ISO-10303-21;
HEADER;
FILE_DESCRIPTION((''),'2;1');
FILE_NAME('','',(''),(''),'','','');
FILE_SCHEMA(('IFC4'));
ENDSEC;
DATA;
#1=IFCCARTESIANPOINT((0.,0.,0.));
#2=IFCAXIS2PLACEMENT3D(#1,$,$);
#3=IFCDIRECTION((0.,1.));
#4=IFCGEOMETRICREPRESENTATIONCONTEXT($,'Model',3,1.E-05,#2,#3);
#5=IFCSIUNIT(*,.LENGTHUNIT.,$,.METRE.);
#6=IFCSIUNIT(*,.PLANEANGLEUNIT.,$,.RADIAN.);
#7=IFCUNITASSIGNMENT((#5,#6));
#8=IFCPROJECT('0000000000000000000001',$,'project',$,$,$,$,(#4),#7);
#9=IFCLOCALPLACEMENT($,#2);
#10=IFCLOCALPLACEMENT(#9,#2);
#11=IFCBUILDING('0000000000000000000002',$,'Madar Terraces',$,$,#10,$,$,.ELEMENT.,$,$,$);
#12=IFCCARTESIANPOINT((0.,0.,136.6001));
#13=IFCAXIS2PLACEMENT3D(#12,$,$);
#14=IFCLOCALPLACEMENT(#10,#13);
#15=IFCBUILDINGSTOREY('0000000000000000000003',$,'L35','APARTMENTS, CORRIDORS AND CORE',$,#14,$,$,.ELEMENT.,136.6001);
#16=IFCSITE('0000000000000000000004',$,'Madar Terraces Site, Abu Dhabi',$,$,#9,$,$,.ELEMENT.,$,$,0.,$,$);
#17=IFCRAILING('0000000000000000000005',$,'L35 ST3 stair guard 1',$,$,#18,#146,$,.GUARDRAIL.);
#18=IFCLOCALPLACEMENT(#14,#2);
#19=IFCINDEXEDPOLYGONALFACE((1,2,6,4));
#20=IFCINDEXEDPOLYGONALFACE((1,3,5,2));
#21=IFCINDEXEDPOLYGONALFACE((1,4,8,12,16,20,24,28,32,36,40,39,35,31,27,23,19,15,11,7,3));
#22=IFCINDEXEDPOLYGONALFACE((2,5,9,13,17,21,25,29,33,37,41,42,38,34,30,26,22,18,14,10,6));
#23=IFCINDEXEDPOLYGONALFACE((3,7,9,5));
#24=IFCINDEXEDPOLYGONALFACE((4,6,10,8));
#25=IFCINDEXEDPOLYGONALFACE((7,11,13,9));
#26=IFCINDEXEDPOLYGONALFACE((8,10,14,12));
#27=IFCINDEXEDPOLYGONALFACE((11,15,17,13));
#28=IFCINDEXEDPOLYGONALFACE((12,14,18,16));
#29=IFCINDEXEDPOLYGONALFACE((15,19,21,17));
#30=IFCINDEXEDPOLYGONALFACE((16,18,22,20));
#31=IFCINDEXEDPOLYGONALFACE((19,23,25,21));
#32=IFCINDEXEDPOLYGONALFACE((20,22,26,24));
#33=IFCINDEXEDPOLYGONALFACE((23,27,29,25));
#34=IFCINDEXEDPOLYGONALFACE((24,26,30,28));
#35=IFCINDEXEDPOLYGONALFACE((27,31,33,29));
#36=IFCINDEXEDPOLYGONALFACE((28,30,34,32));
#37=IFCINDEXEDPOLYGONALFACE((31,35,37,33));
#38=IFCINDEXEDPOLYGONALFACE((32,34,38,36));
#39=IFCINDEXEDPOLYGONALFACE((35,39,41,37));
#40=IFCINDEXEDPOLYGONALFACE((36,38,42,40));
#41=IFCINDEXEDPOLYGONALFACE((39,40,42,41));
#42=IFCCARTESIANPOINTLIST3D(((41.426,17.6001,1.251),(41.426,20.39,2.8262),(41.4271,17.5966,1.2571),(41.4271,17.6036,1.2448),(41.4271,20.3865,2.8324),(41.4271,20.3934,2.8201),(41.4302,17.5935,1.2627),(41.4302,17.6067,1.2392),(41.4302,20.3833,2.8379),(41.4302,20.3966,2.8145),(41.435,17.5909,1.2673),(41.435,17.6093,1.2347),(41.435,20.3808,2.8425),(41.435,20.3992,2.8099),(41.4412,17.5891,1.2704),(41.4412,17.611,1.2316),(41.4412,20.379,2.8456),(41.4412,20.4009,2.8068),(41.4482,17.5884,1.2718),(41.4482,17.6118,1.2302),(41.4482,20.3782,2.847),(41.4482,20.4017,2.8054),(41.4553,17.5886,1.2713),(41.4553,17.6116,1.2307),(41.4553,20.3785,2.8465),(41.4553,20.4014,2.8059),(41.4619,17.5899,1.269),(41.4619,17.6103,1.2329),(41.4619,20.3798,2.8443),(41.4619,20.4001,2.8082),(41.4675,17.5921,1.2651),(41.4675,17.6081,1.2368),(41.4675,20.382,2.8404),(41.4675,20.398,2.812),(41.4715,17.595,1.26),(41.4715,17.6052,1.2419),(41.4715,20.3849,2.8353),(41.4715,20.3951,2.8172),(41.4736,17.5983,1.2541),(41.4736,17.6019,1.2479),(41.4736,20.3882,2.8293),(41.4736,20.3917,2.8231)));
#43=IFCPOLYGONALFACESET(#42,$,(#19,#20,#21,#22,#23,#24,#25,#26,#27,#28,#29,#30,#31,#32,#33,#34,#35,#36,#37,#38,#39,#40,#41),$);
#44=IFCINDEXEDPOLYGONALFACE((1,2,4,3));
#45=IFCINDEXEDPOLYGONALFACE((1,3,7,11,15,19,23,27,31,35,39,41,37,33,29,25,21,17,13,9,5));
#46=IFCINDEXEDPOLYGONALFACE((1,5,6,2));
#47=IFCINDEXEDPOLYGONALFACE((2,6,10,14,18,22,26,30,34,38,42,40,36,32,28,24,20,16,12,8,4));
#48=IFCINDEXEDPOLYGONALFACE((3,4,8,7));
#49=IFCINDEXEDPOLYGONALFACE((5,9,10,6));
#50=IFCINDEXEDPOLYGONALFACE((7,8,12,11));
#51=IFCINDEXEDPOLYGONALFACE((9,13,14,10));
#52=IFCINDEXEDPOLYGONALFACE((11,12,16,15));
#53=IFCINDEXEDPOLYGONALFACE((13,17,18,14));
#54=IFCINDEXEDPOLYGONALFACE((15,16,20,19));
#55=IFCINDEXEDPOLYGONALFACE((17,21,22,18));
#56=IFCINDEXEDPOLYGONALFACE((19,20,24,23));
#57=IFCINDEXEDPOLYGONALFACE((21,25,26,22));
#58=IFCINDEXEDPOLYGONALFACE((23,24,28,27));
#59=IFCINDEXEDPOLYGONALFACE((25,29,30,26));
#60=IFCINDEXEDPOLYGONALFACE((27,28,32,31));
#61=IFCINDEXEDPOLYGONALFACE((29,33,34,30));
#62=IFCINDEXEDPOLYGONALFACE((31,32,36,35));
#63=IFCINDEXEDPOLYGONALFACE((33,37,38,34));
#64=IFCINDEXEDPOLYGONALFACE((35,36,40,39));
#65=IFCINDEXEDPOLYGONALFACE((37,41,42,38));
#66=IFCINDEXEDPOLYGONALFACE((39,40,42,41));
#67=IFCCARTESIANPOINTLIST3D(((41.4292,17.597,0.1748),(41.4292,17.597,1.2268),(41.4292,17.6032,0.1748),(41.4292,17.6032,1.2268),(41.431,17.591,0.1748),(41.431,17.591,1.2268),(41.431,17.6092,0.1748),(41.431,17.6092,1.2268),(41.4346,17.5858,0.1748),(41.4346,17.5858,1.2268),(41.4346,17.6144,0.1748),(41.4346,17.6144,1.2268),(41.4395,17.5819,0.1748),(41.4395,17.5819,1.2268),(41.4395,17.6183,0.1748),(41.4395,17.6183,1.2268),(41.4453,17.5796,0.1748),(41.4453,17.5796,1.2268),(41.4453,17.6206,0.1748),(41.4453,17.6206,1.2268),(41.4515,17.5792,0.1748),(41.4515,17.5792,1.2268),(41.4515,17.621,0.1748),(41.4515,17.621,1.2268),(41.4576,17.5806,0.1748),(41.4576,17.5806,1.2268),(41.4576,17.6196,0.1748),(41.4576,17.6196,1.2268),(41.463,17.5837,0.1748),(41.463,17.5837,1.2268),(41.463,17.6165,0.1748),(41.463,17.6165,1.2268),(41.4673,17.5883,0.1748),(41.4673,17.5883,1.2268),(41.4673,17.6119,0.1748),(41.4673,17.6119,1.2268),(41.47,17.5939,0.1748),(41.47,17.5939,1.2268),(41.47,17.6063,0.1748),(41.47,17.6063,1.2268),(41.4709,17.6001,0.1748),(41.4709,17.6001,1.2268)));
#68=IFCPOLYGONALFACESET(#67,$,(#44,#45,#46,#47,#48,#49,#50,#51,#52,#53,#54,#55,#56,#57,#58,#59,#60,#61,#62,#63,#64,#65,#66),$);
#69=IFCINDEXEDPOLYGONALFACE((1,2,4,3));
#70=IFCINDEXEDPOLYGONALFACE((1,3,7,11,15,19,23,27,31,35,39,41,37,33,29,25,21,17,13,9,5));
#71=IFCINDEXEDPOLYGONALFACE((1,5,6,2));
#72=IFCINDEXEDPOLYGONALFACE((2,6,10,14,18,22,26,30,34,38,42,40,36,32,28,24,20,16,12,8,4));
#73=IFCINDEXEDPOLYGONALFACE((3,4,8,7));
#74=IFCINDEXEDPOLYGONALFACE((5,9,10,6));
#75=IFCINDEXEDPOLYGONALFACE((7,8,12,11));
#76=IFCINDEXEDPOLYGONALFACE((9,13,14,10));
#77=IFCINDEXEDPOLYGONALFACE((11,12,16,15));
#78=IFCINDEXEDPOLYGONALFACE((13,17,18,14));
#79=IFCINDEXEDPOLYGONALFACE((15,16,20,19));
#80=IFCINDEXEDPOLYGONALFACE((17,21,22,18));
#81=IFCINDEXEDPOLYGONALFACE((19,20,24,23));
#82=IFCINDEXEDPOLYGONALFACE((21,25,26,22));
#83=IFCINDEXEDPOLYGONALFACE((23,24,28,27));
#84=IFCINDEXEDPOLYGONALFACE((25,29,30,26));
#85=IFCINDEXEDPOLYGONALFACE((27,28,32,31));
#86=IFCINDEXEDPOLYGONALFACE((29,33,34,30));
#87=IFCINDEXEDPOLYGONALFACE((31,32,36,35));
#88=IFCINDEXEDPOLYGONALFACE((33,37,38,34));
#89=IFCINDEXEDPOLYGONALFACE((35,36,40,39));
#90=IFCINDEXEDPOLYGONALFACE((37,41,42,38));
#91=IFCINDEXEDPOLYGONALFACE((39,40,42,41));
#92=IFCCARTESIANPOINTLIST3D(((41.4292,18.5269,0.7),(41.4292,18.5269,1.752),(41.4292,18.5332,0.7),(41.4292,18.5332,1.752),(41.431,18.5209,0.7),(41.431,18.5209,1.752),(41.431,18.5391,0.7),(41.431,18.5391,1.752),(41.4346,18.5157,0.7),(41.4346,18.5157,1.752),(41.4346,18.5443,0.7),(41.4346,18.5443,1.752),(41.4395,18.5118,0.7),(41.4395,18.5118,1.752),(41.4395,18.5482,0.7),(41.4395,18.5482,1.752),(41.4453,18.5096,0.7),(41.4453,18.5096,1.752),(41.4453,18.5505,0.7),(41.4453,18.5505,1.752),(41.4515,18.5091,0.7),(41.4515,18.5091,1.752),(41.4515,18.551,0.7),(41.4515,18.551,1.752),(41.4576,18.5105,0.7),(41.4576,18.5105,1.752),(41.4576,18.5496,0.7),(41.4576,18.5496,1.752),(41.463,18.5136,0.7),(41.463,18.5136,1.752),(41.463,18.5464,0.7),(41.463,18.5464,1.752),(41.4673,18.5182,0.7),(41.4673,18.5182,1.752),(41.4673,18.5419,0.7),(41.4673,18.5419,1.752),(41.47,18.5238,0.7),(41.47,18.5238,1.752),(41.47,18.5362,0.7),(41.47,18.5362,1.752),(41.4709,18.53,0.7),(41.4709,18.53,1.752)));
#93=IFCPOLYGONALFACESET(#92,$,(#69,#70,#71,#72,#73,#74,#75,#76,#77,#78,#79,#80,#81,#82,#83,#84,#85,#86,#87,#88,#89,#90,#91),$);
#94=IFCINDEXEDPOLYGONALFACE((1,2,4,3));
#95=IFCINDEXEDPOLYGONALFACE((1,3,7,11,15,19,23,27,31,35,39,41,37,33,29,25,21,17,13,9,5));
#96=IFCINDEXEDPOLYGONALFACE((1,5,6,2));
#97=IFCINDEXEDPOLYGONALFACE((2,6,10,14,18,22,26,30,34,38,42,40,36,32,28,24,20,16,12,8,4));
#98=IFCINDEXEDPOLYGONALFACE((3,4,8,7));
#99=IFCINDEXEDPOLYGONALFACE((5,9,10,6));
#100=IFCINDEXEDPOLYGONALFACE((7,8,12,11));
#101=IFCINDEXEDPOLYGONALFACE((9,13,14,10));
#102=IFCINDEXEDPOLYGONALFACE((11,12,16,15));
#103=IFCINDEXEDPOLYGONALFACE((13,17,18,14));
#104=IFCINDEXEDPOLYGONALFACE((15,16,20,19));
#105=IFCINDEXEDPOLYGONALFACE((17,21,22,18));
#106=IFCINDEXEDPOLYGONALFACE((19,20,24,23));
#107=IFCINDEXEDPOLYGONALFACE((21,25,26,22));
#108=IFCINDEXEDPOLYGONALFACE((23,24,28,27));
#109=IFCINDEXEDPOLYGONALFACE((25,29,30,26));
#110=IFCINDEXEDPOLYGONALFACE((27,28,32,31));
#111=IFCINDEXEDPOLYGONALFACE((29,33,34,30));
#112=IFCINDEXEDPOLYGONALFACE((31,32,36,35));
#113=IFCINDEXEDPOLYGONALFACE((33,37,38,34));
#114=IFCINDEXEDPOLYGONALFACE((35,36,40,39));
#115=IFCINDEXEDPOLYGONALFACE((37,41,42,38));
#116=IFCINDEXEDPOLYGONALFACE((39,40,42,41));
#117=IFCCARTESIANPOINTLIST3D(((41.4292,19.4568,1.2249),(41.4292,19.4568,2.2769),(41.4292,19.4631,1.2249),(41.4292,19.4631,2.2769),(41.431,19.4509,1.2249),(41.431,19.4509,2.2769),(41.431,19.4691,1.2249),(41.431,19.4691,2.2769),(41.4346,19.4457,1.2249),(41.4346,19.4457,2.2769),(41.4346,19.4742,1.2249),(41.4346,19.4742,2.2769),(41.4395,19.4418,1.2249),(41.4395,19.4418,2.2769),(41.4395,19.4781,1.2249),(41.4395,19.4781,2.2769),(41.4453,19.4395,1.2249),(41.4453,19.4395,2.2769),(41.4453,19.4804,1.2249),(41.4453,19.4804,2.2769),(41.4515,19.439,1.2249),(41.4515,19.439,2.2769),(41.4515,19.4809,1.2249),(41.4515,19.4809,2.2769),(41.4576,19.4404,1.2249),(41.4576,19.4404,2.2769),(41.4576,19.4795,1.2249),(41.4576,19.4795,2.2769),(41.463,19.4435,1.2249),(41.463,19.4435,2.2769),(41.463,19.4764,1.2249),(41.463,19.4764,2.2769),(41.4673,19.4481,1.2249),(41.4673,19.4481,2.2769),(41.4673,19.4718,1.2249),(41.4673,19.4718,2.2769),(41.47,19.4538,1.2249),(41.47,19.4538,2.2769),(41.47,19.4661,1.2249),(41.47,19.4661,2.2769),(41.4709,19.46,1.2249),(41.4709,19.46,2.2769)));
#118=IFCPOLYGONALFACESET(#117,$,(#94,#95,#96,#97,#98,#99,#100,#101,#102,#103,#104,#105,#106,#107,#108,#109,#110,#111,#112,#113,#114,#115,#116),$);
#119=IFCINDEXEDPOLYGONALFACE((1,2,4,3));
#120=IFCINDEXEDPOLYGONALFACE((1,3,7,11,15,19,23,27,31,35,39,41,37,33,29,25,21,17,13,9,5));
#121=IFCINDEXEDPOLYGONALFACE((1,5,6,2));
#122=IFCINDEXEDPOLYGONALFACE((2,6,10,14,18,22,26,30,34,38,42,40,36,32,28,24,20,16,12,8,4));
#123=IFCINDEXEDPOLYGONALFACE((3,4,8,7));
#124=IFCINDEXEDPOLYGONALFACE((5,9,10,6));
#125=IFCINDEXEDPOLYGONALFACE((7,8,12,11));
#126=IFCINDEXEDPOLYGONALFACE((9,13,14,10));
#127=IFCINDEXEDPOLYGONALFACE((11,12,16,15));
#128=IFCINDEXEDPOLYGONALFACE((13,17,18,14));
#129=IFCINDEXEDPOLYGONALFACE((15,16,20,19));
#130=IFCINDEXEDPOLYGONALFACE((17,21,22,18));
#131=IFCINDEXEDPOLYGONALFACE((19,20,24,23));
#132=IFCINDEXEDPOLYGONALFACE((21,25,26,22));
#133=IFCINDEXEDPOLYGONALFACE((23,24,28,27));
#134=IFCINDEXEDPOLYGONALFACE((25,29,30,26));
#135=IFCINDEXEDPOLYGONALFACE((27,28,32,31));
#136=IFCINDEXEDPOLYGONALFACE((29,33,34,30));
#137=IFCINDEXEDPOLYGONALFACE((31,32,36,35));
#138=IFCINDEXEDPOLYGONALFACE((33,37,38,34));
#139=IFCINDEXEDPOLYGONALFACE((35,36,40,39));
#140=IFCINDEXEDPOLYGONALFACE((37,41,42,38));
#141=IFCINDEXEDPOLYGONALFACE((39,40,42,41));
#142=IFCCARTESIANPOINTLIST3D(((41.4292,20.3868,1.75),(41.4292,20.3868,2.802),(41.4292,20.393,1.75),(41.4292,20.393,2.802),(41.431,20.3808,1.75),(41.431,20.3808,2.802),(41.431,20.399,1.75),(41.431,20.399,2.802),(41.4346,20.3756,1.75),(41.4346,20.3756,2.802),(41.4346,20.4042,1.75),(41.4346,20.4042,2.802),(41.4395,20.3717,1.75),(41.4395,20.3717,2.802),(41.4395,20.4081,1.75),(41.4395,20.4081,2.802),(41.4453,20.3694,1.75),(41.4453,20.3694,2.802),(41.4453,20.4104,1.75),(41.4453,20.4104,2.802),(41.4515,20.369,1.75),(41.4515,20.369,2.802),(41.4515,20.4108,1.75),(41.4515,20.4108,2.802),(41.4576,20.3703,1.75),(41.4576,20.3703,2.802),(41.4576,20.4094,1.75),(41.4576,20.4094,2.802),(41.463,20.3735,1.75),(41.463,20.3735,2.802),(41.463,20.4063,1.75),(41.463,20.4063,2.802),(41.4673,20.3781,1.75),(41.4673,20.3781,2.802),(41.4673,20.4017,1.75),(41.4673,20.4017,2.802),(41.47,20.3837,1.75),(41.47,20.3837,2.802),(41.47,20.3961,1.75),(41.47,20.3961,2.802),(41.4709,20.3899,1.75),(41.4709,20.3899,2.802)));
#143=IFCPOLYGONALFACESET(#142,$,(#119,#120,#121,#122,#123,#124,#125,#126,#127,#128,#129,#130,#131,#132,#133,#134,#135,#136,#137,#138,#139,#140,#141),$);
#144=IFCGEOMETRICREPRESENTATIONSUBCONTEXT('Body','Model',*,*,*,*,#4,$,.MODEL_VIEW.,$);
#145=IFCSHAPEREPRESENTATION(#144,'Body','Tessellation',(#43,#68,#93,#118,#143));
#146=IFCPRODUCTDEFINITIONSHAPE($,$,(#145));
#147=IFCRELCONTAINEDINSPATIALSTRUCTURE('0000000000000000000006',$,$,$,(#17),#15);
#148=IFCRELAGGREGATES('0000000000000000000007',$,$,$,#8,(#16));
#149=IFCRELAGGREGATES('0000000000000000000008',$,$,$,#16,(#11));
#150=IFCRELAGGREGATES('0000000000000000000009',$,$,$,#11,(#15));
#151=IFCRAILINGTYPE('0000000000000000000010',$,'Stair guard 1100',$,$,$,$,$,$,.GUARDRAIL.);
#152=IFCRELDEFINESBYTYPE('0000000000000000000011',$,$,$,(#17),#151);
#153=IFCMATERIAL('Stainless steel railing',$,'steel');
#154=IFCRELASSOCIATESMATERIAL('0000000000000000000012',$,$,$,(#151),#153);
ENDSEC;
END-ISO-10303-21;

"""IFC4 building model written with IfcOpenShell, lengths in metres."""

from ifc_helpers import new_model, si_unit, direction, frame, origin, origin_2d, place, context, subcontext, project, spatial, circle, extrude, material, type_object, element, save


model = new_model("IFC4")

# Units and contexts
model_context = context("Model", 3, precision=1e-05, world=origin(), true_north=direction((0.0, 1.0)))
body_context = subcontext(model_context, "Body", "Model", "MODEL_VIEW")
ifc_project = project(units=[si_unit("LENGTHUNIT", "METRE"), si_unit("PLANEANGLEUNIT", "RADIAN")], contexts=[model_context])

# Site, building, storey
site_placement = place(None, origin())
site = spatial("IfcSite", under=ifc_project, at=site_placement, Name="Madar Terraces Site, Abu Dhabi", CompositionType="ELEMENT", RefElevation=0.0)
building_placement = place(site_placement, origin())
building = spatial("IfcBuilding", under=site, at=building_placement, Name="Madar Terraces", CompositionType="ELEMENT")
storey_placement = place(building_placement, frame((0.0, 0.0, 136.6001)))
storey = spatial("IfcBuildingStorey", under=building, at=storey_placement, Name="L35", Description="APARTMENTS, CORRIDORS AND CORE", CompositionType="ELEMENT", Elevation=136.6001)

# Railing
ifc_material_1 = material(Name="Stainless steel railing", Category="steel")
railing_type_1 = type_object("IfcRailingType", Name="Stair guard 1100", PredefinedType="GUARDRAIL", material=ifc_material_1)
railing_1_placement = place(storey_placement, frame((41.45, 17.6001, 0.1748)))
element("IfcRailing", 1, at=railing_1_placement, inside=storey, type_object=railing_type_1, Name="L35 ST3 stair guard 1", PredefinedType="GUARDRAIL", context=body_context, shape_type="SweptSolid", body=[
    extrude(circle(Radius=0.0239, at=origin_2d()), frame((0.0, 0.0, 1.0762), z_axis=(0.0, 0.870783, 0.491668), x_axis=(-1.0, 0.0, 0.0)), (0.0, 0.0, 1.0), 3.2039),
    extrude(circle(Radius=0.021, at=origin_2d()), origin(), (0.0, 0.0, 1.0), 1.052),
    extrude(circle(Radius=0.021, at=origin_2d()), frame((0.0, 0.9299, 0.5251)), (0.0, 0.0, 1.0), 1.052),
    extrude(circle(Radius=0.021, at=origin_2d()), frame((0.0, 1.8599, 1.05)), (0.0, 0.0, 1.0), 1.052),
    extrude(circle(Radius=0.021, at=origin_2d()), frame((0.0, 2.7898, 1.5752)), (0.0, 0.0, 1.0), 1.052),
])

save(model, "model.ifc")
